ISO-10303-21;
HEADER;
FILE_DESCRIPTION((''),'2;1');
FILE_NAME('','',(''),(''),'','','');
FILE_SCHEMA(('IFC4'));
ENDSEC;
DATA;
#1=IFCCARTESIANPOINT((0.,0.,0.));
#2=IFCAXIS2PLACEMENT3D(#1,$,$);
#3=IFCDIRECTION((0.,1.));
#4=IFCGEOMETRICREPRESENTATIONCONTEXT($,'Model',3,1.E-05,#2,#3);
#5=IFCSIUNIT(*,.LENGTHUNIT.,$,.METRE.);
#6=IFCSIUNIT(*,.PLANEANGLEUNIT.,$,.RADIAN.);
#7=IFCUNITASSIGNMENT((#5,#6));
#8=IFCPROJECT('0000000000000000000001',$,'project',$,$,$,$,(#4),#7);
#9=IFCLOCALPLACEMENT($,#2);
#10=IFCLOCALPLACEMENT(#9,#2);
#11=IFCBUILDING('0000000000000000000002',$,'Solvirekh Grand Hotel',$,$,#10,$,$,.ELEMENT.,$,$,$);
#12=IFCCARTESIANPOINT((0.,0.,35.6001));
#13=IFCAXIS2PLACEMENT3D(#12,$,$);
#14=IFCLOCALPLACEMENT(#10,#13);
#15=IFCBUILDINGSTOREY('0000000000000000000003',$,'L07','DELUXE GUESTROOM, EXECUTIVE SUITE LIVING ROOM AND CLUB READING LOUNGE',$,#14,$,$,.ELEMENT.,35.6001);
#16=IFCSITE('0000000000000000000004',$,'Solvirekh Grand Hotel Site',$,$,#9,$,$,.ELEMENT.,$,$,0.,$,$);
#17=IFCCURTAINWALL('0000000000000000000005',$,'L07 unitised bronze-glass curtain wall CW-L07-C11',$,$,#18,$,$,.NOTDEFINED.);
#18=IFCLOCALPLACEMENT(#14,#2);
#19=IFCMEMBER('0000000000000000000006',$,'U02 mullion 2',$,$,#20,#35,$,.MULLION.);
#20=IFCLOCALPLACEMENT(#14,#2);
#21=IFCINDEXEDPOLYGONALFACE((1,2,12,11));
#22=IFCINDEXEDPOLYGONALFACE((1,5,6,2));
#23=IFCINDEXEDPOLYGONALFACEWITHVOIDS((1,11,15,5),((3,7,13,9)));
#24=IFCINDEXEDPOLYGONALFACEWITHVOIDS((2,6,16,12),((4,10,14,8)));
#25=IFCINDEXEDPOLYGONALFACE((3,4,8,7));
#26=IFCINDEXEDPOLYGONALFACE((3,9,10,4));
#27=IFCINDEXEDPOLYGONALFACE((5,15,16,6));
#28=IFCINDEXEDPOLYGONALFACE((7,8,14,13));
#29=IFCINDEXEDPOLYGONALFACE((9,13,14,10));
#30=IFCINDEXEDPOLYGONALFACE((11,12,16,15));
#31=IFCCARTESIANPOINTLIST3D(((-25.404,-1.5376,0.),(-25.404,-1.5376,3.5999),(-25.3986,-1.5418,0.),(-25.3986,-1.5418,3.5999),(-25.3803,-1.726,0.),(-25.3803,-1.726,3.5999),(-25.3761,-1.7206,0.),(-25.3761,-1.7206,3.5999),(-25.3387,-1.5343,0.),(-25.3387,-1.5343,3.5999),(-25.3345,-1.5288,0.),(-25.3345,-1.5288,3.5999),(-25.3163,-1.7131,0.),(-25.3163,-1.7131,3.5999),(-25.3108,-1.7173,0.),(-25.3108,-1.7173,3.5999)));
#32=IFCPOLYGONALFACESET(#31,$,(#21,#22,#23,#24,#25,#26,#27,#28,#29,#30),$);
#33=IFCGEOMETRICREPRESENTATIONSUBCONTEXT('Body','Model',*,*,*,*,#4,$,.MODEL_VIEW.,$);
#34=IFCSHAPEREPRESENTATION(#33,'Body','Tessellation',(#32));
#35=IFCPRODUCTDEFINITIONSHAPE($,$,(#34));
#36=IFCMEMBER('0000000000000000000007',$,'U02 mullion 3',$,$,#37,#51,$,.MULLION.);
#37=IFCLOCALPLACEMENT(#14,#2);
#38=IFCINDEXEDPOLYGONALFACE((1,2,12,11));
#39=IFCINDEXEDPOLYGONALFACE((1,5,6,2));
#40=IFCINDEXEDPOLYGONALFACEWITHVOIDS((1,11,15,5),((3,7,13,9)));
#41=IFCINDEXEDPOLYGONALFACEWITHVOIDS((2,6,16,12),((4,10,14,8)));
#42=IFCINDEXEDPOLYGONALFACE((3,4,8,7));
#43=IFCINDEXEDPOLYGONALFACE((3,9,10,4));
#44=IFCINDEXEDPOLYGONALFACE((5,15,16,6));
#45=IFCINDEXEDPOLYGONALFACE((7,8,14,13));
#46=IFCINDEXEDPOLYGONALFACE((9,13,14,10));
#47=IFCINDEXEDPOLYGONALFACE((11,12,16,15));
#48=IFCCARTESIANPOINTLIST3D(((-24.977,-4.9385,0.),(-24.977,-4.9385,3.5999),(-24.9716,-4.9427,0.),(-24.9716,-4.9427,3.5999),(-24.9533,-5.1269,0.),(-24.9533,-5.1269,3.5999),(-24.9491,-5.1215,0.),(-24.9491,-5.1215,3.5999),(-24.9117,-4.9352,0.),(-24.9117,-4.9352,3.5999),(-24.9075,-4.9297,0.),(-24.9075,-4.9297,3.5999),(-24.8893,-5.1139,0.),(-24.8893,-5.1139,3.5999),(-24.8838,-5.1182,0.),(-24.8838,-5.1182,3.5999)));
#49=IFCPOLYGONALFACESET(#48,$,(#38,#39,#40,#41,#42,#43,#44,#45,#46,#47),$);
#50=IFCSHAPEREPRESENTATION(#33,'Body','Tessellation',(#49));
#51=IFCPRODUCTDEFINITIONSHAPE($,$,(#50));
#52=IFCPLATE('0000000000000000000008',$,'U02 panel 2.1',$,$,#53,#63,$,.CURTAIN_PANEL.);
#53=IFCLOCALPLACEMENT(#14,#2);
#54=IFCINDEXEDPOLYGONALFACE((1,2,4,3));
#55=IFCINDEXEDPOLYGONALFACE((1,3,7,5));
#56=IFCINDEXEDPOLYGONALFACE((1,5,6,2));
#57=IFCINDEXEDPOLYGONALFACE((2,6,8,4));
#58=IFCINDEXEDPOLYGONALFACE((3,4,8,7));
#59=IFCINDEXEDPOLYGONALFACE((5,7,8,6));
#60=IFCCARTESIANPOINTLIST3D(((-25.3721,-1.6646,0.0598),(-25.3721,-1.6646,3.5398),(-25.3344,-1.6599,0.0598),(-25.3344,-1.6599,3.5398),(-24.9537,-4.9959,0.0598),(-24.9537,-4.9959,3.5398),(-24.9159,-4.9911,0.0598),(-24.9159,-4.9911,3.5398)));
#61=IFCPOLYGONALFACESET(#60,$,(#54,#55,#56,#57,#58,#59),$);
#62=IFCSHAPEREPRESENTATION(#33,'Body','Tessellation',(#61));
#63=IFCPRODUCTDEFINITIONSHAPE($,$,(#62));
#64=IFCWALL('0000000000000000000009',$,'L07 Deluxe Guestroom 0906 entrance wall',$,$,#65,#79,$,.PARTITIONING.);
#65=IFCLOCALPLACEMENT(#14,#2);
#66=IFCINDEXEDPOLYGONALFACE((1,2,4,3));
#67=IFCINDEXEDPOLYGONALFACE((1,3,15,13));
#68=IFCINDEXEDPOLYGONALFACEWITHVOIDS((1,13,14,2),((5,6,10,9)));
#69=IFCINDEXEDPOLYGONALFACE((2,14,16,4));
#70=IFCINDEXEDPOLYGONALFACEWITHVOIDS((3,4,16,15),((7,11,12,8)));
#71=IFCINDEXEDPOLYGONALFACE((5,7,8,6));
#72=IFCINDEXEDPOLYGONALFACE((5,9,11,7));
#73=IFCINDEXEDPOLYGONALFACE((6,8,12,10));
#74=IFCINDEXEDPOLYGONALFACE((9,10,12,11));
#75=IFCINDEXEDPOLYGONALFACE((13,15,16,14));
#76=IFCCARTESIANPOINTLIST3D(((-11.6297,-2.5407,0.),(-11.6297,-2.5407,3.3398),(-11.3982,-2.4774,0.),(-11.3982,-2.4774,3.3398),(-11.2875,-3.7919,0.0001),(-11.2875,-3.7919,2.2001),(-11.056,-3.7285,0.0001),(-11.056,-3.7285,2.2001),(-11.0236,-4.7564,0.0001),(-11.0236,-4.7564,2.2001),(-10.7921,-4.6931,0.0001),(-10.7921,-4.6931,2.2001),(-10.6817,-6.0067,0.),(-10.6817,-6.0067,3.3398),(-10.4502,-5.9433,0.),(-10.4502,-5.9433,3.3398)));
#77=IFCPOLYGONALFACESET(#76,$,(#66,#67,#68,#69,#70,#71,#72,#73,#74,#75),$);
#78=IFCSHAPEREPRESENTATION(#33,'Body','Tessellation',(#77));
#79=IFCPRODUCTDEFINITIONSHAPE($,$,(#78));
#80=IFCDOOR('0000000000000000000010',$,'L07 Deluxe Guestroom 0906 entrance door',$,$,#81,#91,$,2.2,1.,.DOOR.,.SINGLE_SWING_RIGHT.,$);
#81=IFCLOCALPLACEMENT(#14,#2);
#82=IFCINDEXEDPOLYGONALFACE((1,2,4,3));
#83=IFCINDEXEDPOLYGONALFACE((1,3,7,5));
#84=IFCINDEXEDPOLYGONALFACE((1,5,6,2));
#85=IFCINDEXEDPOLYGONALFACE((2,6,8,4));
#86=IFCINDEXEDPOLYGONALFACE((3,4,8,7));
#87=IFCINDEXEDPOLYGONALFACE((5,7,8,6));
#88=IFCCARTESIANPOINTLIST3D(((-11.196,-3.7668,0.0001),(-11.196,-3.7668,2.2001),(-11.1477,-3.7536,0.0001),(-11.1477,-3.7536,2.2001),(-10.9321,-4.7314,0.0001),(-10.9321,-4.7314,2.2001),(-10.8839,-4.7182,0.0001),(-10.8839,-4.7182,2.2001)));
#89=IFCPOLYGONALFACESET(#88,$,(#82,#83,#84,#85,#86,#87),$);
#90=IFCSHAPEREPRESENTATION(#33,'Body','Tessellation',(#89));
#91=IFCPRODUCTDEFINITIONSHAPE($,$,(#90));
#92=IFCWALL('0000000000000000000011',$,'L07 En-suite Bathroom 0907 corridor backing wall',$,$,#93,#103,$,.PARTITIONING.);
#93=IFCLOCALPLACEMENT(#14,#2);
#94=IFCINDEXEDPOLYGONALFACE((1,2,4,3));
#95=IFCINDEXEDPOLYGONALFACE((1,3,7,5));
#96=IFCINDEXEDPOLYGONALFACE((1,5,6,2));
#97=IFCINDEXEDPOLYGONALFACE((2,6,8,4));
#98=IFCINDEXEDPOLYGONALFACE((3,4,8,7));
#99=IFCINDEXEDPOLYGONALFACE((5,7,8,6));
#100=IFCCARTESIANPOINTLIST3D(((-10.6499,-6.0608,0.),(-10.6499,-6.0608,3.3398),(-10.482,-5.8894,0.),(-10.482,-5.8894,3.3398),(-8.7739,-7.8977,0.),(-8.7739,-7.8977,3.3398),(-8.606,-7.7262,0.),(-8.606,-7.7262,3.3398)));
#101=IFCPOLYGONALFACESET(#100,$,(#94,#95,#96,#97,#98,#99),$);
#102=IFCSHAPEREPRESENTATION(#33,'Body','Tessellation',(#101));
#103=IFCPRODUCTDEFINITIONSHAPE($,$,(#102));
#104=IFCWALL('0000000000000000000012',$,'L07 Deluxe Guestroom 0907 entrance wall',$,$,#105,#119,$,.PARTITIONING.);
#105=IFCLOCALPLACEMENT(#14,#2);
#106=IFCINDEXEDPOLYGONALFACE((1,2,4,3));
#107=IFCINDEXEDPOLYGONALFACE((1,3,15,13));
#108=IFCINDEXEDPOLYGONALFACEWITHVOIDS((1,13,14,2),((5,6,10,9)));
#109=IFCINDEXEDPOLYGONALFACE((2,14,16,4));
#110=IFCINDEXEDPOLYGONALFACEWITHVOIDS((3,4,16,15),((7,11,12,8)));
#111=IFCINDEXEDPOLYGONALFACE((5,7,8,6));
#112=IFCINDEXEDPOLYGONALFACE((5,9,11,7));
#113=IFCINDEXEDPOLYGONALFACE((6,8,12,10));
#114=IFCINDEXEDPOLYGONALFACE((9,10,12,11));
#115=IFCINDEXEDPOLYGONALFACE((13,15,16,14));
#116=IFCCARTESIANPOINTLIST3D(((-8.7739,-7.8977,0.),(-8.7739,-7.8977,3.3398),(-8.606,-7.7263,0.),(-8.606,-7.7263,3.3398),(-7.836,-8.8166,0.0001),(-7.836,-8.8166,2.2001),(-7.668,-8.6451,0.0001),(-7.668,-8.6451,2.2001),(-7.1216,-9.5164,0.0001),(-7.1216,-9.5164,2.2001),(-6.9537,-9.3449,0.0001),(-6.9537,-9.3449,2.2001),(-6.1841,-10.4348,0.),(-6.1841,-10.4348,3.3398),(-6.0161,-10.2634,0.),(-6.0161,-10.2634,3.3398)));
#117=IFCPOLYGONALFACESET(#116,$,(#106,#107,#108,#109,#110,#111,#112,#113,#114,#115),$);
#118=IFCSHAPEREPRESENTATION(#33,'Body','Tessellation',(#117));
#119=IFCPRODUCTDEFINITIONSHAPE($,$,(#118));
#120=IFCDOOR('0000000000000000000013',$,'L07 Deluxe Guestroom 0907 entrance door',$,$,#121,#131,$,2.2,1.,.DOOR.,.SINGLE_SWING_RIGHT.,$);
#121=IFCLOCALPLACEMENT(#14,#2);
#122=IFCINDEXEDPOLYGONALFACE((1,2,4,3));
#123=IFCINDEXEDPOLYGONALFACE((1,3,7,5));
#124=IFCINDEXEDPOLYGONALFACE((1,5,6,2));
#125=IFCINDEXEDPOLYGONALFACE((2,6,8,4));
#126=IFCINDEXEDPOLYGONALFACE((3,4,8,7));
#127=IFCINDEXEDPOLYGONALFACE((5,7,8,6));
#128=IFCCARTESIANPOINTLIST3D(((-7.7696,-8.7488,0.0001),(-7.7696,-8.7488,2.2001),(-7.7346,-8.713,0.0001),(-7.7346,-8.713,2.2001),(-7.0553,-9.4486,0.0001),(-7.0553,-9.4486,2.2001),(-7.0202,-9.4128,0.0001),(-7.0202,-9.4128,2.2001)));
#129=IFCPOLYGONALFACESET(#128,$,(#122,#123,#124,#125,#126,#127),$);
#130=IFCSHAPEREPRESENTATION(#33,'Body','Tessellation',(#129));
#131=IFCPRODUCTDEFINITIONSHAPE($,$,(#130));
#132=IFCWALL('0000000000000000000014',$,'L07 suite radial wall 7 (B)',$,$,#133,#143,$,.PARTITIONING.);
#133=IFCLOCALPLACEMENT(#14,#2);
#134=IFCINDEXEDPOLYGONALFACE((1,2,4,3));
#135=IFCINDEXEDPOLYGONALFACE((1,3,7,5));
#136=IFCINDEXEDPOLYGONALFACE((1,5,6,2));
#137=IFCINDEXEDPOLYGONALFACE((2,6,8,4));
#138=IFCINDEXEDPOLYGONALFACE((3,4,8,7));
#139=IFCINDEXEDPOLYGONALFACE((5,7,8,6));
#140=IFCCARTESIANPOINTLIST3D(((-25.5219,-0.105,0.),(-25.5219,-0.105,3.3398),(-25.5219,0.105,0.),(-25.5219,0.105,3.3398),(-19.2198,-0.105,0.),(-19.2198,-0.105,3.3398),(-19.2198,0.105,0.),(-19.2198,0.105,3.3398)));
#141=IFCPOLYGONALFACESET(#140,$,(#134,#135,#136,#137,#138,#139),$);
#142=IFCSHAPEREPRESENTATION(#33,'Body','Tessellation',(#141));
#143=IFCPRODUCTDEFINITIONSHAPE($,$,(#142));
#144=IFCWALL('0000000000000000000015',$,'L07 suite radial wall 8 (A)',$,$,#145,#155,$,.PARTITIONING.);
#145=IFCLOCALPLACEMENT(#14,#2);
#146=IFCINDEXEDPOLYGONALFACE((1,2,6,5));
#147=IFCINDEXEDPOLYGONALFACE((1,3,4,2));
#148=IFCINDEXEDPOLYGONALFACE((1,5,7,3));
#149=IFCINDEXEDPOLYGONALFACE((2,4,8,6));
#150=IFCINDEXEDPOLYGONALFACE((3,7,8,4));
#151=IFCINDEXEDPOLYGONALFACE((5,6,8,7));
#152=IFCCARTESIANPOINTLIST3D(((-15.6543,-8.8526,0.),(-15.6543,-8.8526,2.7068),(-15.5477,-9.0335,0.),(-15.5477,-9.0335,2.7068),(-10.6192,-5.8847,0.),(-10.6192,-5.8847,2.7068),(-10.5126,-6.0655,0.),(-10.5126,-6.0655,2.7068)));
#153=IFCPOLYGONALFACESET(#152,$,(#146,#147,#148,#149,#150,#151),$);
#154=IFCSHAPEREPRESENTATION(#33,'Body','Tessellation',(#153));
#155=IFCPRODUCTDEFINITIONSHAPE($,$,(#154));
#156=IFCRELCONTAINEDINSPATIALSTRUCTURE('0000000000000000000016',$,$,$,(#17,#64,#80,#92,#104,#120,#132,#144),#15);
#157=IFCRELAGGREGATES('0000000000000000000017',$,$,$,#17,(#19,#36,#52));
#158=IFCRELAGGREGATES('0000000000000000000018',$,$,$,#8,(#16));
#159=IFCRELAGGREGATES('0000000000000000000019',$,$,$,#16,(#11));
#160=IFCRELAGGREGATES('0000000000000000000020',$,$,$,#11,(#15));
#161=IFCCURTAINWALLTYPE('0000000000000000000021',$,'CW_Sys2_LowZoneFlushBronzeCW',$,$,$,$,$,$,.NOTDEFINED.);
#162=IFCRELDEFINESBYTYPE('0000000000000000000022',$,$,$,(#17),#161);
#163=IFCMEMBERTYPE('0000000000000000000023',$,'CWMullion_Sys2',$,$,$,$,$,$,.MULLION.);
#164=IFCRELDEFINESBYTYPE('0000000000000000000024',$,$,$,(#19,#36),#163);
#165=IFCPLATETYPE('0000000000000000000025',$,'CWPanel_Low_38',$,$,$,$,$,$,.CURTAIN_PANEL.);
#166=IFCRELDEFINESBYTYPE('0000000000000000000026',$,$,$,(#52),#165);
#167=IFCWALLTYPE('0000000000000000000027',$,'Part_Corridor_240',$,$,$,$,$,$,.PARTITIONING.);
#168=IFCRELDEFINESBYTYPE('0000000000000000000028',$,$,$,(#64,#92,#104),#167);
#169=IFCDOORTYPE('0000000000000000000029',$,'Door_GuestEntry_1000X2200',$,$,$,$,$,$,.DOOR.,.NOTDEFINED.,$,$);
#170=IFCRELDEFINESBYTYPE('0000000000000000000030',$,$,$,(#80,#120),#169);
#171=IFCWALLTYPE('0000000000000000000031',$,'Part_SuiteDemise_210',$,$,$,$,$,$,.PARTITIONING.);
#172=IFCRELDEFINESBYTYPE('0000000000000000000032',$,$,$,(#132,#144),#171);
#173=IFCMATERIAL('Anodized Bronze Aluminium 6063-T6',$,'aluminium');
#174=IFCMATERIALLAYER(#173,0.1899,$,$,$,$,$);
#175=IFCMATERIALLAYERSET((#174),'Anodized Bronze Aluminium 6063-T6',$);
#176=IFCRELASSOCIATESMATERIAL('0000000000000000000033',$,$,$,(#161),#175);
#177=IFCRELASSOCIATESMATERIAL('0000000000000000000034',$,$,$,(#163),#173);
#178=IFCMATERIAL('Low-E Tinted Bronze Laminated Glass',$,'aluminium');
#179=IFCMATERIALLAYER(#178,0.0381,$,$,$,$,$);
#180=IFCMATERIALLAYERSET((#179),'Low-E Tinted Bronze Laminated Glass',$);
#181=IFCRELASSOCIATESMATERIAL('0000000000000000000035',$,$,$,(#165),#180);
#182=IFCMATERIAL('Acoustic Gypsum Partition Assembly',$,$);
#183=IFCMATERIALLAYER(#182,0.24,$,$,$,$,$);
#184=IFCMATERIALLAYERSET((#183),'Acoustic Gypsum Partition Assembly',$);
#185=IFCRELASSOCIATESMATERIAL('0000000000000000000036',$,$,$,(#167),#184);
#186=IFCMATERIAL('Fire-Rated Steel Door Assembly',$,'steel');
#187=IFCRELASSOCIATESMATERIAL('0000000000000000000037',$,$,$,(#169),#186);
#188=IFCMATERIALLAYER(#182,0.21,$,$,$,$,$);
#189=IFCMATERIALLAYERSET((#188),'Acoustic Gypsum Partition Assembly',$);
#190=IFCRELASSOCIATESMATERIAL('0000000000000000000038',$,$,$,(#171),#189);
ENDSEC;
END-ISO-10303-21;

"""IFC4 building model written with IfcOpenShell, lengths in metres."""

from ifc_helpers import new_model, si_unit, direction, frame, frame_2d, origin, origin_2d, place, context, subcontext, project, spatial, rectangle, hollow_rectangle, extrude, source, transform, mapped, material, layer, layer_set, material_profile, profile_set, type_object, element, fill, aggregate, save


model = new_model("IFC4")

# Units and contexts
model_context = context("Model", 3, precision=1e-05, world=origin(), true_north=direction((0.0, 1.0)))
body_context = subcontext(model_context, "Body", "Model", "MODEL_VIEW")
ifc_project = project(units=[si_unit("LENGTHUNIT", "METRE"), si_unit("PLANEANGLEUNIT", "RADIAN")], contexts=[model_context])

# Site, building, storey
site_placement = place(None, origin())
site = spatial("IfcSite", under=ifc_project, at=site_placement, Name="Solvirekh Grand Hotel Site", CompositionType="ELEMENT", RefElevation=0.0)
building_placement = place(site_placement, origin())
building = spatial("IfcBuilding", under=site, at=building_placement, Name="Solvirekh Grand Hotel", CompositionType="ELEMENT")
storey_placement = place(building_placement, frame((0.0, 0.0, 35.6001)))
storey = spatial("IfcBuildingStorey", under=building, at=storey_placement, Name="L07", Description="DELUXE GUESTROOM, EXECUTIVE SUITE LIVING ROOM AND CLUB READING LOUNGE", CompositionType="ELEMENT", Elevation=35.6001)

# Curtain wall, members, plate
ifc_material_1 = material(Name="Anodized Bronze Aluminium 6063-T6", Category="aluminium")
ifc_layer_1 = layer(ifc_material_1, 0.1899)
ifc_layer_set_1 = layer_set([ifc_layer_1], Name="Anodized Bronze Aluminium 6063-T6")
curtain_wall_type = type_object("IfcCurtainWallType", Name="CW_Sys2_LowZoneFlushBronzeCW", PredefinedType="NOTDEFINED", material=ifc_layer_set_1)
curtain_wall_placement = place(storey_placement, origin())
curtain_wall = element("IfcCurtainWall", 1, at=curtain_wall_placement, inside=storey, type_object=curtain_wall_type, Name="L07 unitised bronze-glass curtain wall CW-L07-C11", PredefinedType="NOTDEFINED")
ifc_material_profile_1 = material_profile(ifc_material_1, hollow_rectangle(XDim=0.0701, YDim=0.1899, WallThickness=0.0049, at=origin_2d()), Name="ALU RHS 190X70X5")
ifc_profile_set_1 = profile_set([ifc_material_profile_1], Name="Anodized Bronze Aluminium 6063-T6")
member_type_1 = type_object("IfcMemberType", Name="CWMullion_Sys2", PredefinedType="MULLION", material=ifc_profile_set_1)
shared_shape_1 = source(origin(), body_context, "Body", "SweptSolid", [
    extrude(hollow_rectangle(XDim=0.0701, YDim=0.1899, WallThickness=0.0049, at=origin_2d()), origin(), (0.0, 0.0, 1.0), 3.5999),
])
member_1_placement = place(storey_placement, frame((-25.3574, -1.6274, 0.0), z_axis=(0.0, 0.0, 1.0), x_axis=(0.992204, 0.124621, 0.0)))
member_1 = element("IfcMember", 2, at=member_1_placement, type_object=member_type_1, Name="U02 mullion 2", PredefinedType="MULLION", context=body_context, shape_type="MappedRepresentation", body=[
    mapped(shared_shape_1, transform((0.0, 0.0, 0.0), x_axis=(1.0, 0.0, 0.0), y_axis=(0.0, 1.0, 0.0), z_axis=(0.0, 0.0, 1.0), scale=1.0)),
])
member_2_placement = place(storey_placement, frame((-24.9304, -5.0283, 0.0), z_axis=(0.0, 0.0, 1.0), x_axis=(0.992204, 0.124621, 0.0)))
member_2 = element("IfcMember", 3, at=member_2_placement, type_object=member_type_1, Name="U02 mullion 3", PredefinedType="MULLION", context=body_context, shape_type="MappedRepresentation", body=[
    mapped(shared_shape_1, transform((0.0, 0.0, 0.0), x_axis=(1.0, 0.0, 0.0), y_axis=(0.0, 1.0, 0.0), z_axis=(0.0, 0.0, 1.0), scale=1.0)),
])
ifc_material_2 = material(Name="Low-E Tinted Bronze Laminated Glass", Category="aluminium")
ifc_layer_2 = layer(ifc_material_2, 0.0381)
ifc_layer_set_2 = layer_set([ifc_layer_2], Name="Low-E Tinted Bronze Laminated Glass")
plate_type = type_object("IfcPlateType", Name="CWPanel_Low_38", PredefinedType="CURTAIN_PANEL", material=ifc_layer_set_2)
shared_shape_2 = source(origin(), body_context, "Body", "SweptSolid", [
    extrude(rectangle(XDim=3.3574, YDim=0.0381, at=origin_2d()), origin(), (0.0, 0.0, 1.0), 3.48),
])
plate_placement = place(storey_placement, frame((-25.144, -3.3279, 0.0598), z_axis=(0.0, 0.0, 1.0), x_axis=(0.124621, -0.992204, 0.0)))
plate = element("IfcPlate", 4, at=plate_placement, type_object=plate_type, Name="U02 panel 2.1", PredefinedType="CURTAIN_PANEL", context=body_context, shape_type="MappedRepresentation", body=[
    mapped(shared_shape_2, transform((0.0, 0.0, 0.0), x_axis=(1.0, 0.0, 0.0), y_axis=(0.0, 1.0, 0.0), z_axis=(0.0, 0.0, 1.0), scale=1.0)),
])
aggregate(curtain_wall, [member_1, member_2, plate])

# Wall, opening, door
ifc_material_3 = material(Name="Acoustic Gypsum Partition Assembly")
ifc_layer_3 = layer(ifc_material_3, 0.24)
ifc_layer_set_3 = layer_set([ifc_layer_3], Name="Acoustic Gypsum Partition Assembly")
wall_type_1 = type_object("IfcWallType", Name="Part_Corridor_240", PredefinedType="PARTITIONING", material=ifc_layer_set_3)
wall_1_placement = place(storey_placement, frame((-11.5139, -2.509, 0.0), z_axis=(0.0, 0.0, 1.0), x_axis=(0.263819, -0.964572, 0.0)))
wall_1 = element("IfcWall", 5, at=wall_1_placement, inside=storey, type_object=wall_type_1, Name="L07 Deluxe Guestroom 0906 entrance wall", PredefinedType="PARTITIONING", context=body_context, shape_type="SweptSolid", body=[
    extrude(rectangle(XDim=3.5933, YDim=0.24, at=frame_2d((1.7966, 0.0))), origin(), (0.0, 0.0, 1.0), 3.3398),
])
opening_1_placement = place(wall_1_placement, frame((1.2971, 0.0, 0.0)))
opening_1 = element("IfcOpeningElement", 6, at=opening_1_placement, cuts=wall_1, PredefinedType="OPENING", context=body_context, shape_type="SweptSolid", body=[
    extrude(rectangle(XDim=1.0, YDim=2.2, at=frame_2d((0.5, 1.1001))), frame((0.0, 0.1299, 0.0), z_axis=(0.0, -1.0, 0.0), x_axis=(1.0, 0.0, 0.0)), (0.0, 0.0, 1.0), 0.26),
])
ifc_material_4 = material(Name="Fire-Rated Steel Door Assembly", Category="steel")
door_type_1 = type_object("IfcDoorType", Name="Door_GuestEntry_1000X2200", OperationType="NOTDEFINED", PredefinedType="DOOR", material=ifc_material_4)
door_1_placement = place(opening_1_placement, origin())
door_1 = element("IfcDoor", 7, at=door_1_placement, inside=storey, type_object=door_type_1, Name="L07 Deluxe Guestroom 0906 entrance door", OperationType="SINGLE_SWING_RIGHT", OverallHeight=2.2, OverallWidth=1.0, PredefinedType="DOOR", context=body_context, shape_type="SweptSolid", body=[
    extrude(rectangle(XDim=1.0, YDim=2.2, at=frame_2d((0.5, 1.1001))), frame((0.0, 0.0249, 0.0), z_axis=(0.0, -1.0, 0.0), x_axis=(1.0, 0.0, 0.0)), (0.0, 0.0, 1.0), 0.05),
])
fill(opening_1, door_1)

# Wall
wall_2_placement = place(storey_placement, frame((-10.5659, -5.9751, 0.0), z_axis=(0.0, 0.0, 1.0), x_axis=(0.714507, -0.699629, 0.0)))
element("IfcWall", 8, at=wall_2_placement, inside=storey, type_object=wall_type_1, Name="L07 En-suite Bathroom 0907 corridor backing wall", PredefinedType="PARTITIONING", context=body_context, shape_type="SweptSolid", body=[
    extrude(rectangle(XDim=2.6255, YDim=0.24, at=frame_2d((1.3127, 0.0))), origin(), (0.0, 0.0, 1.0), 3.3398),
])

# Wall, opening, door
wall_3_placement = place(storey_placement, frame((-8.6899, -7.812, 0.0), z_axis=(0.0, 0.0, 1.0), x_axis=(0.714342, -0.699797, 0.0)))
wall_3 = element("IfcWall", 9, at=wall_3_placement, inside=storey, type_object=wall_type_1, Name="L07 Deluxe Guestroom 0907 entrance wall", PredefinedType="PARTITIONING", context=body_context, shape_type="SweptSolid", body=[
    extrude(rectangle(XDim=3.6255, YDim=0.24, at=frame_2d((1.8127, 0.0))), origin(), (0.0, 0.0, 1.0), 3.3398),
])
opening_2_placement = place(wall_3_placement, frame((1.313, 0.0, 0.0)))
opening_2 = element("IfcOpeningElement", 10, at=opening_2_placement, cuts=wall_3, PredefinedType="OPENING", context=body_context, shape_type="SweptSolid", body=[
    extrude(rectangle(XDim=1.0, YDim=2.2, at=frame_2d((0.5, 1.1001))), frame((0.0, 0.1299, 0.0), z_axis=(0.0, -1.0, 0.0), x_axis=(1.0, 0.0, 0.0)), (0.0, 0.0, 1.0), 0.26),
])
door_2_placement = place(opening_2_placement, origin())
door_2 = element("IfcDoor", 11, at=door_2_placement, inside=storey, type_object=door_type_1, Name="L07 Deluxe Guestroom 0907 entrance door", OperationType="SINGLE_SWING_RIGHT", OverallHeight=2.2, OverallWidth=1.0, PredefinedType="DOOR", context=body_context, shape_type="SweptSolid", body=[
    extrude(rectangle(XDim=1.0, YDim=2.2, at=frame_2d((0.5, 1.1001))), frame((0.0, 0.0249, 0.0), z_axis=(0.0, -1.0, 0.0), x_axis=(1.0, 0.0, 0.0)), (0.0, 0.0, 1.0), 0.05),
])
fill(opening_2, door_2)

# Walls
ifc_layer_4 = layer(ifc_material_3, 0.21)
ifc_layer_set_4 = layer_set([ifc_layer_4], Name="Acoustic Gypsum Partition Assembly")
wall_type_2 = type_object("IfcWallType", Name="Part_SuiteDemise_210", PredefinedType="PARTITIONING", material=ifc_layer_set_4)
wall_4_placement = place(storey_placement, frame((-19.22, 0.0, 0.0), z_axis=(0.0, 0.0, 1.0), x_axis=(-1.0, 0.0, 0.0)))
element("IfcWall", 12, at=wall_4_placement, inside=storey, type_object=wall_type_2, Name="L07 suite radial wall 7 (B)", PredefinedType="PARTITIONING", context=body_context, shape_type="SweptSolid", body=[
    extrude(rectangle(XDim=6.302, YDim=0.21, at=frame_2d((3.1509, 0.0))), origin(), (0.0, 0.0, 1.0), 3.3398),
])
wall_5_placement = place(storey_placement, frame((-10.5659, -5.9751, 0.0), z_axis=(0.0, 0.0, 1.0), x_axis=(-0.861473, -0.507803, 0.0)))
element("IfcWall", 13, at=wall_5_placement, inside=storey, type_object=wall_type_2, Name="L07 suite radial wall 8 (A)", PredefinedType="PARTITIONING", context=body_context, shape_type="SweptSolid", body=[
    extrude(rectangle(XDim=5.8447, YDim=0.21, at=frame_2d((2.9224, 0.0))), origin(), (0.0, 0.0, 1.0), 2.7068),
])

save(model, "model.ifc")
